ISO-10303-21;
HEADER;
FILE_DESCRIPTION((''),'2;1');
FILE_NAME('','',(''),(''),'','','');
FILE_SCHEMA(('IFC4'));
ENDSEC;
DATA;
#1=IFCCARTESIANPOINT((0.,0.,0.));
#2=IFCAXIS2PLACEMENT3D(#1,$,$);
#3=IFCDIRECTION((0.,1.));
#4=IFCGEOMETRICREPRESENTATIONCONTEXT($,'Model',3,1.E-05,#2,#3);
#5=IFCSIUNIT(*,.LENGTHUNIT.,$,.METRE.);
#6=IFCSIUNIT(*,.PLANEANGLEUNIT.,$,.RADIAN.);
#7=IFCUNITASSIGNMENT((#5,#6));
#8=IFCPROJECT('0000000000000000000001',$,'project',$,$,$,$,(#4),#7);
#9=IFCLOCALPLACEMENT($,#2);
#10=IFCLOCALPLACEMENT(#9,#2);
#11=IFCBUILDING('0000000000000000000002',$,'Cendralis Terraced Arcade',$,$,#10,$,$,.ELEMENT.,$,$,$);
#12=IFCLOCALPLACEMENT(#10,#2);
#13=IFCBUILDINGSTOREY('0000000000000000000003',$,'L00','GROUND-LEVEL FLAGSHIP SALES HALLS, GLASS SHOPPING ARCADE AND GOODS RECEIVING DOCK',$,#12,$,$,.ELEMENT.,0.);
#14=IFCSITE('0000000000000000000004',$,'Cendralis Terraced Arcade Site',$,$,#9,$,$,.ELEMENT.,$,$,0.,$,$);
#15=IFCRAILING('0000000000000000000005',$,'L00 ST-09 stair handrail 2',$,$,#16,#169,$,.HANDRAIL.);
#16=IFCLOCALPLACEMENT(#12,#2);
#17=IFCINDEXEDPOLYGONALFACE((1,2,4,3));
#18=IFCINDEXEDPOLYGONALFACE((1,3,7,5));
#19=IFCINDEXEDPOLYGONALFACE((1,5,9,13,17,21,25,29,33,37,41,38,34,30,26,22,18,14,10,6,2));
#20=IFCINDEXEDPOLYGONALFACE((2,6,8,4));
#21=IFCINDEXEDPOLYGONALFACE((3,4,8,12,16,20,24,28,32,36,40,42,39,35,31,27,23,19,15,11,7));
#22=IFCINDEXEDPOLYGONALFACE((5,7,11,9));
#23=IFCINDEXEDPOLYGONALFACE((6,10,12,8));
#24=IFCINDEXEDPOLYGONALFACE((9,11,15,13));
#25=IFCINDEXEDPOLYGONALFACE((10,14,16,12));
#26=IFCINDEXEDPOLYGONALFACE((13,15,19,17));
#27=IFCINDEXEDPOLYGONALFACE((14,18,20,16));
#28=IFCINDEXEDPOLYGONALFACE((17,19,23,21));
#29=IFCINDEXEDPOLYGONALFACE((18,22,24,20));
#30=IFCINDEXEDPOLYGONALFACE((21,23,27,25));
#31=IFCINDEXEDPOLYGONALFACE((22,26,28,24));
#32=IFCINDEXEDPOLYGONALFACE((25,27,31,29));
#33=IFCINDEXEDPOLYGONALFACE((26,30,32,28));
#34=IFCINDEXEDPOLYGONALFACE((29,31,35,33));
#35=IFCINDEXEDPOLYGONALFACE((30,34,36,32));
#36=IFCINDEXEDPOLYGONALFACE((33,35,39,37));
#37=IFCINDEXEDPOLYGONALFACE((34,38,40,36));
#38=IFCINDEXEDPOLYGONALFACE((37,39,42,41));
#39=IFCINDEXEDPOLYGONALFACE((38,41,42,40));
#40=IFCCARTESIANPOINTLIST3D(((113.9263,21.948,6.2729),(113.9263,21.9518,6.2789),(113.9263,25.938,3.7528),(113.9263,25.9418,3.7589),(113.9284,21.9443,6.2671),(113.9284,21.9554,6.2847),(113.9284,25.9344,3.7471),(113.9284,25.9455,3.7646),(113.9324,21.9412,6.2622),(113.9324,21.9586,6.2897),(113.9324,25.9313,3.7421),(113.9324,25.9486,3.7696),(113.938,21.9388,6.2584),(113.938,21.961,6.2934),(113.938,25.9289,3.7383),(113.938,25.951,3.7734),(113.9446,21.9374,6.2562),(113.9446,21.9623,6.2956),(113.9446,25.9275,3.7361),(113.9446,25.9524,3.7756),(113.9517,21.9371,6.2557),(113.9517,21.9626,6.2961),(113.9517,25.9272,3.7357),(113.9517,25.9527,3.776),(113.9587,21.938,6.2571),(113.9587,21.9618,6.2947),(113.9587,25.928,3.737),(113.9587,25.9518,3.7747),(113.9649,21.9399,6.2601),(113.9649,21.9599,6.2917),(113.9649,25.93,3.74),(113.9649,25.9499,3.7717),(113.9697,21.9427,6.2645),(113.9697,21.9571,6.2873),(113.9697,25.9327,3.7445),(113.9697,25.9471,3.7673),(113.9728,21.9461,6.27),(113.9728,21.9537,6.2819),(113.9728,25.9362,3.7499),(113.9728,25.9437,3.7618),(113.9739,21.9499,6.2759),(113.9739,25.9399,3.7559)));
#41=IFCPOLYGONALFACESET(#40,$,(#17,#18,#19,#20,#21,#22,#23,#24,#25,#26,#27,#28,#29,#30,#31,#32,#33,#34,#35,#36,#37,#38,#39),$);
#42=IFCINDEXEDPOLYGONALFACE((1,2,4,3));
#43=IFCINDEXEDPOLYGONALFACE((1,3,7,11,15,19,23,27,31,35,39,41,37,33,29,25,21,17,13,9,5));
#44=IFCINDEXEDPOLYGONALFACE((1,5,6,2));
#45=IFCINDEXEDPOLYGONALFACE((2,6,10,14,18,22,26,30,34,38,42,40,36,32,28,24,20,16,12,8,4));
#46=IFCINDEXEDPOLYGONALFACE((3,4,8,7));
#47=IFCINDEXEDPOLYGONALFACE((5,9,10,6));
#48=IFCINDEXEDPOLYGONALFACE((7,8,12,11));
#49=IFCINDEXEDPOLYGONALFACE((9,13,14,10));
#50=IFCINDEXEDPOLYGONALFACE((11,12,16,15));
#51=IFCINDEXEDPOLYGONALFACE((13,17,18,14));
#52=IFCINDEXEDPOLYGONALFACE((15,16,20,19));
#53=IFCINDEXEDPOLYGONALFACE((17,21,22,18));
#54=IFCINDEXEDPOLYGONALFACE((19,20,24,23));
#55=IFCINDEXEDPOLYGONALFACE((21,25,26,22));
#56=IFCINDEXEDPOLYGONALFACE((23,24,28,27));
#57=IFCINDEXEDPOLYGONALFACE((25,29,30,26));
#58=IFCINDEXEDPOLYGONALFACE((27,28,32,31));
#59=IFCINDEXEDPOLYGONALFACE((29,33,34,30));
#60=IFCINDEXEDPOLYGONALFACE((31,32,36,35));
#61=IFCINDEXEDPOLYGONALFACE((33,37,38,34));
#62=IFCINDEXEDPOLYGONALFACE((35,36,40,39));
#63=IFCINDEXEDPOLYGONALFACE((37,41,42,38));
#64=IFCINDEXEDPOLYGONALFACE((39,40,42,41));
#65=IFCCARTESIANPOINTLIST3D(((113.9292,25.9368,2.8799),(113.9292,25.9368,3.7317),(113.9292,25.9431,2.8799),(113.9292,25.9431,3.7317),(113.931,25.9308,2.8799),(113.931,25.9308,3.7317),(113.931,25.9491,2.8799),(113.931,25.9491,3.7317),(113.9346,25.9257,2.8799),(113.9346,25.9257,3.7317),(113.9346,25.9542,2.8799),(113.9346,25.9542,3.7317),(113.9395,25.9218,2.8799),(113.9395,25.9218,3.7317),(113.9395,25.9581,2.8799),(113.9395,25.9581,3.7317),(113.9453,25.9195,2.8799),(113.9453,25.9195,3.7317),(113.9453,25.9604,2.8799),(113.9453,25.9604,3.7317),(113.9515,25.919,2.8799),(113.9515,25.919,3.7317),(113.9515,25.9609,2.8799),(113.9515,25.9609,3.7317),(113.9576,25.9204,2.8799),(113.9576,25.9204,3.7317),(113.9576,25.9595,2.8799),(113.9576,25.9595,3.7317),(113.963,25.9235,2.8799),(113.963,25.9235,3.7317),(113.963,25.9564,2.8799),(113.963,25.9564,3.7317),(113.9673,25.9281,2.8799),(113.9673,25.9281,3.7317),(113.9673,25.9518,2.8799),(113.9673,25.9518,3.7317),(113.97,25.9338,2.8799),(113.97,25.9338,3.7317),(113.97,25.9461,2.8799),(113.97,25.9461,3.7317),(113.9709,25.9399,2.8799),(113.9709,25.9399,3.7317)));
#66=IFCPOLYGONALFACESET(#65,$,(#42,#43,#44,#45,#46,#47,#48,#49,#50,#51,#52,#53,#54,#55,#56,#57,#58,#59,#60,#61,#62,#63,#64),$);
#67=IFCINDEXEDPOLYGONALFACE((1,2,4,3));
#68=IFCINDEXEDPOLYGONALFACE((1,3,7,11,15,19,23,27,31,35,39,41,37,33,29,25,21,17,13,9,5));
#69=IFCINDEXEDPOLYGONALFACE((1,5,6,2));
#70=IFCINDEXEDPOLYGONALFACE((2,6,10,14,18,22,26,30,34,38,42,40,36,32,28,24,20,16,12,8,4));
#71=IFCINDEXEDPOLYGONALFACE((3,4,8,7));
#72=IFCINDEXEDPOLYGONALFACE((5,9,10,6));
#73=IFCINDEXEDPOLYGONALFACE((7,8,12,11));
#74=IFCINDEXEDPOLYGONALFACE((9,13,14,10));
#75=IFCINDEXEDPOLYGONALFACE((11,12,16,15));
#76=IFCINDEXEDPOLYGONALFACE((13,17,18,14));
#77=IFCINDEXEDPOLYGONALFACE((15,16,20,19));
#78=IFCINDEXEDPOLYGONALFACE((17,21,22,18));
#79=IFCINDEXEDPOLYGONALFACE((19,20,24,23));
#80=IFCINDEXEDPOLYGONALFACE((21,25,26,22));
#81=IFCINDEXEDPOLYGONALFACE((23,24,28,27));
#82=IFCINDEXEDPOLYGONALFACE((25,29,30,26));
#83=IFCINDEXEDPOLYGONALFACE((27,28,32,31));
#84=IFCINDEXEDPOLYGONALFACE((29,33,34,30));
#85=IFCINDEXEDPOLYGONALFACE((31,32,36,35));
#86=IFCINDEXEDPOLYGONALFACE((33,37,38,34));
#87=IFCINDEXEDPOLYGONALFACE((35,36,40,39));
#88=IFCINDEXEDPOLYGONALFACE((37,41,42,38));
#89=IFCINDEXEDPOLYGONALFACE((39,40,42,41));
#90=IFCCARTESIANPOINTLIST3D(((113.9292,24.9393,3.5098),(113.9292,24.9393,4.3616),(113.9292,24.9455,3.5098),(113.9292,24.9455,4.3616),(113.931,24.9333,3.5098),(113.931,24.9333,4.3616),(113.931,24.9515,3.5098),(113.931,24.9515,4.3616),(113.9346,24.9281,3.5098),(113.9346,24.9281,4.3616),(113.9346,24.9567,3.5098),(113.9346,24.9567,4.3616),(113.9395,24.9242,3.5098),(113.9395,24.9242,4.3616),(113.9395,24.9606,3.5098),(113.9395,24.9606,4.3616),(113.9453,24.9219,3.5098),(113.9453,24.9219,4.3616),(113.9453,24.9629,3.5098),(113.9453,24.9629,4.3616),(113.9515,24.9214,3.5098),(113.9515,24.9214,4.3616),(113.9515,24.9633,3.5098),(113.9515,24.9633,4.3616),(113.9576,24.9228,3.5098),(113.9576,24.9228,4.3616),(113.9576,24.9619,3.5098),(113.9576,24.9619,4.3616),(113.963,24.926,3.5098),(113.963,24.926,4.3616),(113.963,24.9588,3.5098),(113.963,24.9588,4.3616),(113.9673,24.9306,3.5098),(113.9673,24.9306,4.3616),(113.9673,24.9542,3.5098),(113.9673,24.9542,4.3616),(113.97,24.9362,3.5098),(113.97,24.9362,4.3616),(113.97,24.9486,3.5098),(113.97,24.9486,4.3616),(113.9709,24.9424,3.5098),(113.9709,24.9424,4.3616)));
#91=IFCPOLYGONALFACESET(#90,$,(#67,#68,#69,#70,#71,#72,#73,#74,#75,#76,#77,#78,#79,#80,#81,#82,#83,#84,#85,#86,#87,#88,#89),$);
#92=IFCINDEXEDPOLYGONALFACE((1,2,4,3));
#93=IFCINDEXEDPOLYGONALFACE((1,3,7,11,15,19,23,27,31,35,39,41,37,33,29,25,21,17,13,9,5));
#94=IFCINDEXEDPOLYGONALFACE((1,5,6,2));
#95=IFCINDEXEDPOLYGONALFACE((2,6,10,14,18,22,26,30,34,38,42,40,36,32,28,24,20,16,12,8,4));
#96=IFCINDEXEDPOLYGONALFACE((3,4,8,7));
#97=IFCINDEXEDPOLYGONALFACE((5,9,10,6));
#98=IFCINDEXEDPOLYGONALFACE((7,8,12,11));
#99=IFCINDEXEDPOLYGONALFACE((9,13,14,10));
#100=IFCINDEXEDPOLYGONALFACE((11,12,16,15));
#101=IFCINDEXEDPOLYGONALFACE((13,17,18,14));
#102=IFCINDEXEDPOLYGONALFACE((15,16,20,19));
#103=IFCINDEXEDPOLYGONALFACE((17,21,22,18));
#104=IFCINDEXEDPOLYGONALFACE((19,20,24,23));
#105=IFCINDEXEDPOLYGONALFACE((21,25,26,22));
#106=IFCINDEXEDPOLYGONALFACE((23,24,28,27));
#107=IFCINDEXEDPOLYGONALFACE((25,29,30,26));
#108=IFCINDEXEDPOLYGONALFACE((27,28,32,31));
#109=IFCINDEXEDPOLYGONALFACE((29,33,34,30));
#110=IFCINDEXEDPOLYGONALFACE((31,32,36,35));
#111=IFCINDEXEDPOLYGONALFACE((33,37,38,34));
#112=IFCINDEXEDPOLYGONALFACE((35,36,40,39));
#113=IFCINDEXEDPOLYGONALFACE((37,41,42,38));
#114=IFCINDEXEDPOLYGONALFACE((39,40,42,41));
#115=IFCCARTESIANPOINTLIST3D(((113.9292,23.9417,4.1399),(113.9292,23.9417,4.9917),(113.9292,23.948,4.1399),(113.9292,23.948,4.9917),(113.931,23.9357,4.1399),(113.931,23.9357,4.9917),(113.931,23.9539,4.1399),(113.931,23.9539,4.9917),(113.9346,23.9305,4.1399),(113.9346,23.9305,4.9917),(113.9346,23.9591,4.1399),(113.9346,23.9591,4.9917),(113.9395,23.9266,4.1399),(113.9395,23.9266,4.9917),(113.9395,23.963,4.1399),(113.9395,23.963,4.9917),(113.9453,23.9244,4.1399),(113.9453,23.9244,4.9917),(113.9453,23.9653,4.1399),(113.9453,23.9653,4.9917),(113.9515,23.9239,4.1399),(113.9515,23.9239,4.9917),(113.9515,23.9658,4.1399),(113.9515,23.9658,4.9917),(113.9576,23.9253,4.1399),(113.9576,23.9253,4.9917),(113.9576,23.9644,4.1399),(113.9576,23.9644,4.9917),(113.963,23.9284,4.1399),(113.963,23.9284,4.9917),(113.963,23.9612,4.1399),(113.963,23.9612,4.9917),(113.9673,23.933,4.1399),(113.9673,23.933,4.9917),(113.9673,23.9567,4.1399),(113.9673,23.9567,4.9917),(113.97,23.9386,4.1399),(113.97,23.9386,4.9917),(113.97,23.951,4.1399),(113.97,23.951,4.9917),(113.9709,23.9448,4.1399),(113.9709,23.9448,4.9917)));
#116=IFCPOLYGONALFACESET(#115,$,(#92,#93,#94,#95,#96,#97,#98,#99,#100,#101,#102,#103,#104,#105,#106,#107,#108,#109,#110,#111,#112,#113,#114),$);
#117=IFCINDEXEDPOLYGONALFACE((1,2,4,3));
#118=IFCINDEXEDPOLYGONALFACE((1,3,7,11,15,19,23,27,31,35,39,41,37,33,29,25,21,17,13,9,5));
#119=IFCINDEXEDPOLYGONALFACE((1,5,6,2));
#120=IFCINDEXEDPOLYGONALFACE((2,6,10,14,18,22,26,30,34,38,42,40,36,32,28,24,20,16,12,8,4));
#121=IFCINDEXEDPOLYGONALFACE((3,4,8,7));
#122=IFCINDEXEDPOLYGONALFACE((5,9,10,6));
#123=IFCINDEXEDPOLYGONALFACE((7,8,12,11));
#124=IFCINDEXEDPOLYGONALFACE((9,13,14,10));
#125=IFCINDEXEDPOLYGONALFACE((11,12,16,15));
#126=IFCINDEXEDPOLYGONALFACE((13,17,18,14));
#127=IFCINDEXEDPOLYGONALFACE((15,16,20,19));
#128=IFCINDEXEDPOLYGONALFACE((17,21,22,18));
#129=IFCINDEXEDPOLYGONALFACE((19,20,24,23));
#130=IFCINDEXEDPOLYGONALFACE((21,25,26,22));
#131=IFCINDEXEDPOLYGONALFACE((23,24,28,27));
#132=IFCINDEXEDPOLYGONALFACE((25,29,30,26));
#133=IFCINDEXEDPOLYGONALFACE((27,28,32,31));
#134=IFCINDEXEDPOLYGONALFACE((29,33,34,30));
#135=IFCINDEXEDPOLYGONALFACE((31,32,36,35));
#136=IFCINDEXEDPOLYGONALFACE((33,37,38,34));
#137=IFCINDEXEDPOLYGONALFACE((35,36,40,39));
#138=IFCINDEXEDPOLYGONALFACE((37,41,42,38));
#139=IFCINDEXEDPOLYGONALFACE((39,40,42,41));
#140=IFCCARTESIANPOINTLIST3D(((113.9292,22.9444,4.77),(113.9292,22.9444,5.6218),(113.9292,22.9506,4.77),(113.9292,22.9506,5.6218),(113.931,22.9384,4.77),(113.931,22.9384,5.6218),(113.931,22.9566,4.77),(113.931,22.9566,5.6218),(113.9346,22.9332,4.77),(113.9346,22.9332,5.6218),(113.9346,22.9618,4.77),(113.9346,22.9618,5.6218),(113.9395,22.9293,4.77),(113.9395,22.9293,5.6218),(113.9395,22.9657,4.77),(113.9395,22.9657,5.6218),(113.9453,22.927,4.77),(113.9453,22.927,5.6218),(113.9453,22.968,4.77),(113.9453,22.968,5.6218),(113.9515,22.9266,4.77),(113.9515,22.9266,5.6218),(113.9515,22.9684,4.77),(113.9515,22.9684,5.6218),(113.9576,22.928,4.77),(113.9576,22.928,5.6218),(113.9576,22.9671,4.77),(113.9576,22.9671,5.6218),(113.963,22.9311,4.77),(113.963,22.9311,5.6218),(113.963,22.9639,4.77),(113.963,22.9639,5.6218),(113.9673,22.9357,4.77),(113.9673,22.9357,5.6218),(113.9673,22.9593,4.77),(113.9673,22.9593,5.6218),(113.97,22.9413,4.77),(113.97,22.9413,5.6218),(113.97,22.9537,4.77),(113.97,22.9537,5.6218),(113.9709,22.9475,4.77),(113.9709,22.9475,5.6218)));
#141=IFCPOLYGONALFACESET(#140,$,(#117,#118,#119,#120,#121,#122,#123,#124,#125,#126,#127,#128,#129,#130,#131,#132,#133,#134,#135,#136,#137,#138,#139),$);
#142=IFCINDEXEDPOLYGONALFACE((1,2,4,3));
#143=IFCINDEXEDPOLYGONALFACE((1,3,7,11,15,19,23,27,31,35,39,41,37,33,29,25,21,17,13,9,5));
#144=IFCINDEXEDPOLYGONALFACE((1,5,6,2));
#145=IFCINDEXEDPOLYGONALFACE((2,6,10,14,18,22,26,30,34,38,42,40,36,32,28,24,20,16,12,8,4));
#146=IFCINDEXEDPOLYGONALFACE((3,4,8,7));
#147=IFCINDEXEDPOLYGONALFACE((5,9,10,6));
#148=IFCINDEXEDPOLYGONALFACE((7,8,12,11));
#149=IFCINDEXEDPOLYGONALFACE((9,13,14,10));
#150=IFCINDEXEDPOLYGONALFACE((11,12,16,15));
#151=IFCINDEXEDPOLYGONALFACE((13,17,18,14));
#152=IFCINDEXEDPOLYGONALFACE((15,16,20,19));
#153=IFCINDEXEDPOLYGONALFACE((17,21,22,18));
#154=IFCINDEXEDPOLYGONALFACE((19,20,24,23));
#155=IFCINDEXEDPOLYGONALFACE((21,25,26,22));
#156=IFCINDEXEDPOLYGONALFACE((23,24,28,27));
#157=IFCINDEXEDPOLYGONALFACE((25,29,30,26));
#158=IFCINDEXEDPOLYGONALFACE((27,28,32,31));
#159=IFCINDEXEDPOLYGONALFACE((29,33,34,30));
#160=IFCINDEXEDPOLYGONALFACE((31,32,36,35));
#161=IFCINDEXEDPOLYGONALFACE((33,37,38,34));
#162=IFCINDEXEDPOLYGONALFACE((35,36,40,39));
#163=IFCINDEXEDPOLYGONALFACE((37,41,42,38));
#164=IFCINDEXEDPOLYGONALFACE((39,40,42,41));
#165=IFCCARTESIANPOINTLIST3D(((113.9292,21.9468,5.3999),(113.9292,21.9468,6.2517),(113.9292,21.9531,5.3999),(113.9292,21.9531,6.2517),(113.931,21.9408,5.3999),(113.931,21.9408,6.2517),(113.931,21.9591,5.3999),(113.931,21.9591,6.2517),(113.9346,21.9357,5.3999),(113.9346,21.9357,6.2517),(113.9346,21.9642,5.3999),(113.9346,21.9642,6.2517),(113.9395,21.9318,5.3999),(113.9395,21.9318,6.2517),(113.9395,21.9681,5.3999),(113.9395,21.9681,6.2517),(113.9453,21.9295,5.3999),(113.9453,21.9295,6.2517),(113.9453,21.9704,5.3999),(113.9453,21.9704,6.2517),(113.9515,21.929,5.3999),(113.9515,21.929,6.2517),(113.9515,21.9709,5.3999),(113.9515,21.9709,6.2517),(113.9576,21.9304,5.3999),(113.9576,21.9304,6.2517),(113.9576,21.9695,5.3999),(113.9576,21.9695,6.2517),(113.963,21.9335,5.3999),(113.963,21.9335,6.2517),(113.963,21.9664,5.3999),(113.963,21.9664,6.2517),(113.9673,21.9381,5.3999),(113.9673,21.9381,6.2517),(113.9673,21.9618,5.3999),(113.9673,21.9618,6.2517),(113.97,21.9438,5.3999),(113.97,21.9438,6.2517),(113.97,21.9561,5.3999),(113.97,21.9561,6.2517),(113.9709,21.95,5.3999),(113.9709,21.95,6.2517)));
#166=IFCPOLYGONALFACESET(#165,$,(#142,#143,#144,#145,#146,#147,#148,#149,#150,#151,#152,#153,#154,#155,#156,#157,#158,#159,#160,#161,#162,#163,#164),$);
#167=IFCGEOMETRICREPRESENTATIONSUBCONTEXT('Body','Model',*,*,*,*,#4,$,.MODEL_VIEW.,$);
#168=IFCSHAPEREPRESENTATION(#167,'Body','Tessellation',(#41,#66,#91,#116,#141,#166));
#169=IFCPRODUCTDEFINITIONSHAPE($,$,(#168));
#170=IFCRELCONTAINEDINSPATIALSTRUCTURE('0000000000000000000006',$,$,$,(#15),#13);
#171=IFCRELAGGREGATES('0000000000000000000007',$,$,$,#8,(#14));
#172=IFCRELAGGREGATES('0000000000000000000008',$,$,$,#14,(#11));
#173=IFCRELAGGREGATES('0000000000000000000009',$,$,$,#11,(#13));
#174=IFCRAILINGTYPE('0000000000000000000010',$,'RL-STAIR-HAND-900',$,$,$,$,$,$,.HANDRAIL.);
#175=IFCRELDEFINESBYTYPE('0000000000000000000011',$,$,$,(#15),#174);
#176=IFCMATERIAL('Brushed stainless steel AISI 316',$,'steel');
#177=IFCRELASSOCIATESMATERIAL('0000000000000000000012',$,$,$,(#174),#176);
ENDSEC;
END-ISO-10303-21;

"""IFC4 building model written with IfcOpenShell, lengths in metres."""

from ifc_helpers import new_model, si_unit, direction, frame, origin, origin_2d, place, context, subcontext, project, spatial, circle, extrude, material, type_object, element, save


model = new_model("IFC4")

# Units and contexts
model_context = context("Model", 3, precision=1e-05, world=origin(), true_north=direction((0.0, 1.0)))
body_context = subcontext(model_context, "Body", "Model", "MODEL_VIEW")
ifc_project = project(units=[si_unit("LENGTHUNIT", "METRE"), si_unit("PLANEANGLEUNIT", "RADIAN")], contexts=[model_context])

# Site, building, storey
site_placement = place(None, origin())
site = spatial("IfcSite", under=ifc_project, at=site_placement, Name="Cendralis Terraced Arcade Site", CompositionType="ELEMENT", RefElevation=0.0)
building_placement = place(site_placement, origin())
building = spatial("IfcBuilding", under=site, at=building_placement, Name="Cendralis Terraced Arcade", CompositionType="ELEMENT")
storey_placement = place(building_placement, origin())
storey = spatial("IfcBuildingStorey", under=building, at=storey_placement, Name="L00", Description="GROUND-LEVEL FLAGSHIP SALES HALLS, GLASS SHOPPING ARCADE AND GOODS RECEIVING DOCK", CompositionType="ELEMENT", Elevation=0.0)

# Railing
ifc_material_1 = material(Name="Brushed stainless steel AISI 316", Category="steel")
railing_type_1 = type_object("IfcRailingType", Name="RL-STAIR-HAND-900", PredefinedType="HANDRAIL", material=ifc_material_1)
railing_1_placement = place(storey_placement, frame((113.95, 25.9399, 2.8799)))
element("IfcRailing", 1, at=railing_1_placement, inside=storey, type_object=railing_type_1, Name="L00 ST-09 stair handrail 2", PredefinedType="HANDRAIL", context=body_context, shape_type="SweptSolid", body=[
    extrude(circle(Radius=0.0239, at=origin_2d()), frame((0.0, 0.0, 0.876), z_axis=(0.0, -0.845486, 0.533997), x_axis=(1.0, 0.0, 0.0)), (0.0, 0.0, 1.0), 4.7192),
    extrude(circle(Radius=0.021, at=origin_2d()), origin(), (0.0, 0.0, 1.0), 0.8518),
    extrude(circle(Radius=0.021, at=origin_2d()), frame((0.0, -0.9976, 0.6299)), (0.0, 0.0, 1.0), 0.8518),
    extrude(circle(Radius=0.021, at=origin_2d()), frame((0.0, -1.9951, 1.26)), (0.0, 0.0, 1.0), 0.8518),
    extrude(circle(Radius=0.021, at=origin_2d()), frame((0.0, -2.9924, 1.8901)), (0.0, 0.0, 1.0), 0.8518),
    extrude(circle(Radius=0.021, at=origin_2d()), frame((0.0, -3.99, 2.52)), (0.0, 0.0, 1.0), 0.8518),
])

save(model, "model.ifc")
